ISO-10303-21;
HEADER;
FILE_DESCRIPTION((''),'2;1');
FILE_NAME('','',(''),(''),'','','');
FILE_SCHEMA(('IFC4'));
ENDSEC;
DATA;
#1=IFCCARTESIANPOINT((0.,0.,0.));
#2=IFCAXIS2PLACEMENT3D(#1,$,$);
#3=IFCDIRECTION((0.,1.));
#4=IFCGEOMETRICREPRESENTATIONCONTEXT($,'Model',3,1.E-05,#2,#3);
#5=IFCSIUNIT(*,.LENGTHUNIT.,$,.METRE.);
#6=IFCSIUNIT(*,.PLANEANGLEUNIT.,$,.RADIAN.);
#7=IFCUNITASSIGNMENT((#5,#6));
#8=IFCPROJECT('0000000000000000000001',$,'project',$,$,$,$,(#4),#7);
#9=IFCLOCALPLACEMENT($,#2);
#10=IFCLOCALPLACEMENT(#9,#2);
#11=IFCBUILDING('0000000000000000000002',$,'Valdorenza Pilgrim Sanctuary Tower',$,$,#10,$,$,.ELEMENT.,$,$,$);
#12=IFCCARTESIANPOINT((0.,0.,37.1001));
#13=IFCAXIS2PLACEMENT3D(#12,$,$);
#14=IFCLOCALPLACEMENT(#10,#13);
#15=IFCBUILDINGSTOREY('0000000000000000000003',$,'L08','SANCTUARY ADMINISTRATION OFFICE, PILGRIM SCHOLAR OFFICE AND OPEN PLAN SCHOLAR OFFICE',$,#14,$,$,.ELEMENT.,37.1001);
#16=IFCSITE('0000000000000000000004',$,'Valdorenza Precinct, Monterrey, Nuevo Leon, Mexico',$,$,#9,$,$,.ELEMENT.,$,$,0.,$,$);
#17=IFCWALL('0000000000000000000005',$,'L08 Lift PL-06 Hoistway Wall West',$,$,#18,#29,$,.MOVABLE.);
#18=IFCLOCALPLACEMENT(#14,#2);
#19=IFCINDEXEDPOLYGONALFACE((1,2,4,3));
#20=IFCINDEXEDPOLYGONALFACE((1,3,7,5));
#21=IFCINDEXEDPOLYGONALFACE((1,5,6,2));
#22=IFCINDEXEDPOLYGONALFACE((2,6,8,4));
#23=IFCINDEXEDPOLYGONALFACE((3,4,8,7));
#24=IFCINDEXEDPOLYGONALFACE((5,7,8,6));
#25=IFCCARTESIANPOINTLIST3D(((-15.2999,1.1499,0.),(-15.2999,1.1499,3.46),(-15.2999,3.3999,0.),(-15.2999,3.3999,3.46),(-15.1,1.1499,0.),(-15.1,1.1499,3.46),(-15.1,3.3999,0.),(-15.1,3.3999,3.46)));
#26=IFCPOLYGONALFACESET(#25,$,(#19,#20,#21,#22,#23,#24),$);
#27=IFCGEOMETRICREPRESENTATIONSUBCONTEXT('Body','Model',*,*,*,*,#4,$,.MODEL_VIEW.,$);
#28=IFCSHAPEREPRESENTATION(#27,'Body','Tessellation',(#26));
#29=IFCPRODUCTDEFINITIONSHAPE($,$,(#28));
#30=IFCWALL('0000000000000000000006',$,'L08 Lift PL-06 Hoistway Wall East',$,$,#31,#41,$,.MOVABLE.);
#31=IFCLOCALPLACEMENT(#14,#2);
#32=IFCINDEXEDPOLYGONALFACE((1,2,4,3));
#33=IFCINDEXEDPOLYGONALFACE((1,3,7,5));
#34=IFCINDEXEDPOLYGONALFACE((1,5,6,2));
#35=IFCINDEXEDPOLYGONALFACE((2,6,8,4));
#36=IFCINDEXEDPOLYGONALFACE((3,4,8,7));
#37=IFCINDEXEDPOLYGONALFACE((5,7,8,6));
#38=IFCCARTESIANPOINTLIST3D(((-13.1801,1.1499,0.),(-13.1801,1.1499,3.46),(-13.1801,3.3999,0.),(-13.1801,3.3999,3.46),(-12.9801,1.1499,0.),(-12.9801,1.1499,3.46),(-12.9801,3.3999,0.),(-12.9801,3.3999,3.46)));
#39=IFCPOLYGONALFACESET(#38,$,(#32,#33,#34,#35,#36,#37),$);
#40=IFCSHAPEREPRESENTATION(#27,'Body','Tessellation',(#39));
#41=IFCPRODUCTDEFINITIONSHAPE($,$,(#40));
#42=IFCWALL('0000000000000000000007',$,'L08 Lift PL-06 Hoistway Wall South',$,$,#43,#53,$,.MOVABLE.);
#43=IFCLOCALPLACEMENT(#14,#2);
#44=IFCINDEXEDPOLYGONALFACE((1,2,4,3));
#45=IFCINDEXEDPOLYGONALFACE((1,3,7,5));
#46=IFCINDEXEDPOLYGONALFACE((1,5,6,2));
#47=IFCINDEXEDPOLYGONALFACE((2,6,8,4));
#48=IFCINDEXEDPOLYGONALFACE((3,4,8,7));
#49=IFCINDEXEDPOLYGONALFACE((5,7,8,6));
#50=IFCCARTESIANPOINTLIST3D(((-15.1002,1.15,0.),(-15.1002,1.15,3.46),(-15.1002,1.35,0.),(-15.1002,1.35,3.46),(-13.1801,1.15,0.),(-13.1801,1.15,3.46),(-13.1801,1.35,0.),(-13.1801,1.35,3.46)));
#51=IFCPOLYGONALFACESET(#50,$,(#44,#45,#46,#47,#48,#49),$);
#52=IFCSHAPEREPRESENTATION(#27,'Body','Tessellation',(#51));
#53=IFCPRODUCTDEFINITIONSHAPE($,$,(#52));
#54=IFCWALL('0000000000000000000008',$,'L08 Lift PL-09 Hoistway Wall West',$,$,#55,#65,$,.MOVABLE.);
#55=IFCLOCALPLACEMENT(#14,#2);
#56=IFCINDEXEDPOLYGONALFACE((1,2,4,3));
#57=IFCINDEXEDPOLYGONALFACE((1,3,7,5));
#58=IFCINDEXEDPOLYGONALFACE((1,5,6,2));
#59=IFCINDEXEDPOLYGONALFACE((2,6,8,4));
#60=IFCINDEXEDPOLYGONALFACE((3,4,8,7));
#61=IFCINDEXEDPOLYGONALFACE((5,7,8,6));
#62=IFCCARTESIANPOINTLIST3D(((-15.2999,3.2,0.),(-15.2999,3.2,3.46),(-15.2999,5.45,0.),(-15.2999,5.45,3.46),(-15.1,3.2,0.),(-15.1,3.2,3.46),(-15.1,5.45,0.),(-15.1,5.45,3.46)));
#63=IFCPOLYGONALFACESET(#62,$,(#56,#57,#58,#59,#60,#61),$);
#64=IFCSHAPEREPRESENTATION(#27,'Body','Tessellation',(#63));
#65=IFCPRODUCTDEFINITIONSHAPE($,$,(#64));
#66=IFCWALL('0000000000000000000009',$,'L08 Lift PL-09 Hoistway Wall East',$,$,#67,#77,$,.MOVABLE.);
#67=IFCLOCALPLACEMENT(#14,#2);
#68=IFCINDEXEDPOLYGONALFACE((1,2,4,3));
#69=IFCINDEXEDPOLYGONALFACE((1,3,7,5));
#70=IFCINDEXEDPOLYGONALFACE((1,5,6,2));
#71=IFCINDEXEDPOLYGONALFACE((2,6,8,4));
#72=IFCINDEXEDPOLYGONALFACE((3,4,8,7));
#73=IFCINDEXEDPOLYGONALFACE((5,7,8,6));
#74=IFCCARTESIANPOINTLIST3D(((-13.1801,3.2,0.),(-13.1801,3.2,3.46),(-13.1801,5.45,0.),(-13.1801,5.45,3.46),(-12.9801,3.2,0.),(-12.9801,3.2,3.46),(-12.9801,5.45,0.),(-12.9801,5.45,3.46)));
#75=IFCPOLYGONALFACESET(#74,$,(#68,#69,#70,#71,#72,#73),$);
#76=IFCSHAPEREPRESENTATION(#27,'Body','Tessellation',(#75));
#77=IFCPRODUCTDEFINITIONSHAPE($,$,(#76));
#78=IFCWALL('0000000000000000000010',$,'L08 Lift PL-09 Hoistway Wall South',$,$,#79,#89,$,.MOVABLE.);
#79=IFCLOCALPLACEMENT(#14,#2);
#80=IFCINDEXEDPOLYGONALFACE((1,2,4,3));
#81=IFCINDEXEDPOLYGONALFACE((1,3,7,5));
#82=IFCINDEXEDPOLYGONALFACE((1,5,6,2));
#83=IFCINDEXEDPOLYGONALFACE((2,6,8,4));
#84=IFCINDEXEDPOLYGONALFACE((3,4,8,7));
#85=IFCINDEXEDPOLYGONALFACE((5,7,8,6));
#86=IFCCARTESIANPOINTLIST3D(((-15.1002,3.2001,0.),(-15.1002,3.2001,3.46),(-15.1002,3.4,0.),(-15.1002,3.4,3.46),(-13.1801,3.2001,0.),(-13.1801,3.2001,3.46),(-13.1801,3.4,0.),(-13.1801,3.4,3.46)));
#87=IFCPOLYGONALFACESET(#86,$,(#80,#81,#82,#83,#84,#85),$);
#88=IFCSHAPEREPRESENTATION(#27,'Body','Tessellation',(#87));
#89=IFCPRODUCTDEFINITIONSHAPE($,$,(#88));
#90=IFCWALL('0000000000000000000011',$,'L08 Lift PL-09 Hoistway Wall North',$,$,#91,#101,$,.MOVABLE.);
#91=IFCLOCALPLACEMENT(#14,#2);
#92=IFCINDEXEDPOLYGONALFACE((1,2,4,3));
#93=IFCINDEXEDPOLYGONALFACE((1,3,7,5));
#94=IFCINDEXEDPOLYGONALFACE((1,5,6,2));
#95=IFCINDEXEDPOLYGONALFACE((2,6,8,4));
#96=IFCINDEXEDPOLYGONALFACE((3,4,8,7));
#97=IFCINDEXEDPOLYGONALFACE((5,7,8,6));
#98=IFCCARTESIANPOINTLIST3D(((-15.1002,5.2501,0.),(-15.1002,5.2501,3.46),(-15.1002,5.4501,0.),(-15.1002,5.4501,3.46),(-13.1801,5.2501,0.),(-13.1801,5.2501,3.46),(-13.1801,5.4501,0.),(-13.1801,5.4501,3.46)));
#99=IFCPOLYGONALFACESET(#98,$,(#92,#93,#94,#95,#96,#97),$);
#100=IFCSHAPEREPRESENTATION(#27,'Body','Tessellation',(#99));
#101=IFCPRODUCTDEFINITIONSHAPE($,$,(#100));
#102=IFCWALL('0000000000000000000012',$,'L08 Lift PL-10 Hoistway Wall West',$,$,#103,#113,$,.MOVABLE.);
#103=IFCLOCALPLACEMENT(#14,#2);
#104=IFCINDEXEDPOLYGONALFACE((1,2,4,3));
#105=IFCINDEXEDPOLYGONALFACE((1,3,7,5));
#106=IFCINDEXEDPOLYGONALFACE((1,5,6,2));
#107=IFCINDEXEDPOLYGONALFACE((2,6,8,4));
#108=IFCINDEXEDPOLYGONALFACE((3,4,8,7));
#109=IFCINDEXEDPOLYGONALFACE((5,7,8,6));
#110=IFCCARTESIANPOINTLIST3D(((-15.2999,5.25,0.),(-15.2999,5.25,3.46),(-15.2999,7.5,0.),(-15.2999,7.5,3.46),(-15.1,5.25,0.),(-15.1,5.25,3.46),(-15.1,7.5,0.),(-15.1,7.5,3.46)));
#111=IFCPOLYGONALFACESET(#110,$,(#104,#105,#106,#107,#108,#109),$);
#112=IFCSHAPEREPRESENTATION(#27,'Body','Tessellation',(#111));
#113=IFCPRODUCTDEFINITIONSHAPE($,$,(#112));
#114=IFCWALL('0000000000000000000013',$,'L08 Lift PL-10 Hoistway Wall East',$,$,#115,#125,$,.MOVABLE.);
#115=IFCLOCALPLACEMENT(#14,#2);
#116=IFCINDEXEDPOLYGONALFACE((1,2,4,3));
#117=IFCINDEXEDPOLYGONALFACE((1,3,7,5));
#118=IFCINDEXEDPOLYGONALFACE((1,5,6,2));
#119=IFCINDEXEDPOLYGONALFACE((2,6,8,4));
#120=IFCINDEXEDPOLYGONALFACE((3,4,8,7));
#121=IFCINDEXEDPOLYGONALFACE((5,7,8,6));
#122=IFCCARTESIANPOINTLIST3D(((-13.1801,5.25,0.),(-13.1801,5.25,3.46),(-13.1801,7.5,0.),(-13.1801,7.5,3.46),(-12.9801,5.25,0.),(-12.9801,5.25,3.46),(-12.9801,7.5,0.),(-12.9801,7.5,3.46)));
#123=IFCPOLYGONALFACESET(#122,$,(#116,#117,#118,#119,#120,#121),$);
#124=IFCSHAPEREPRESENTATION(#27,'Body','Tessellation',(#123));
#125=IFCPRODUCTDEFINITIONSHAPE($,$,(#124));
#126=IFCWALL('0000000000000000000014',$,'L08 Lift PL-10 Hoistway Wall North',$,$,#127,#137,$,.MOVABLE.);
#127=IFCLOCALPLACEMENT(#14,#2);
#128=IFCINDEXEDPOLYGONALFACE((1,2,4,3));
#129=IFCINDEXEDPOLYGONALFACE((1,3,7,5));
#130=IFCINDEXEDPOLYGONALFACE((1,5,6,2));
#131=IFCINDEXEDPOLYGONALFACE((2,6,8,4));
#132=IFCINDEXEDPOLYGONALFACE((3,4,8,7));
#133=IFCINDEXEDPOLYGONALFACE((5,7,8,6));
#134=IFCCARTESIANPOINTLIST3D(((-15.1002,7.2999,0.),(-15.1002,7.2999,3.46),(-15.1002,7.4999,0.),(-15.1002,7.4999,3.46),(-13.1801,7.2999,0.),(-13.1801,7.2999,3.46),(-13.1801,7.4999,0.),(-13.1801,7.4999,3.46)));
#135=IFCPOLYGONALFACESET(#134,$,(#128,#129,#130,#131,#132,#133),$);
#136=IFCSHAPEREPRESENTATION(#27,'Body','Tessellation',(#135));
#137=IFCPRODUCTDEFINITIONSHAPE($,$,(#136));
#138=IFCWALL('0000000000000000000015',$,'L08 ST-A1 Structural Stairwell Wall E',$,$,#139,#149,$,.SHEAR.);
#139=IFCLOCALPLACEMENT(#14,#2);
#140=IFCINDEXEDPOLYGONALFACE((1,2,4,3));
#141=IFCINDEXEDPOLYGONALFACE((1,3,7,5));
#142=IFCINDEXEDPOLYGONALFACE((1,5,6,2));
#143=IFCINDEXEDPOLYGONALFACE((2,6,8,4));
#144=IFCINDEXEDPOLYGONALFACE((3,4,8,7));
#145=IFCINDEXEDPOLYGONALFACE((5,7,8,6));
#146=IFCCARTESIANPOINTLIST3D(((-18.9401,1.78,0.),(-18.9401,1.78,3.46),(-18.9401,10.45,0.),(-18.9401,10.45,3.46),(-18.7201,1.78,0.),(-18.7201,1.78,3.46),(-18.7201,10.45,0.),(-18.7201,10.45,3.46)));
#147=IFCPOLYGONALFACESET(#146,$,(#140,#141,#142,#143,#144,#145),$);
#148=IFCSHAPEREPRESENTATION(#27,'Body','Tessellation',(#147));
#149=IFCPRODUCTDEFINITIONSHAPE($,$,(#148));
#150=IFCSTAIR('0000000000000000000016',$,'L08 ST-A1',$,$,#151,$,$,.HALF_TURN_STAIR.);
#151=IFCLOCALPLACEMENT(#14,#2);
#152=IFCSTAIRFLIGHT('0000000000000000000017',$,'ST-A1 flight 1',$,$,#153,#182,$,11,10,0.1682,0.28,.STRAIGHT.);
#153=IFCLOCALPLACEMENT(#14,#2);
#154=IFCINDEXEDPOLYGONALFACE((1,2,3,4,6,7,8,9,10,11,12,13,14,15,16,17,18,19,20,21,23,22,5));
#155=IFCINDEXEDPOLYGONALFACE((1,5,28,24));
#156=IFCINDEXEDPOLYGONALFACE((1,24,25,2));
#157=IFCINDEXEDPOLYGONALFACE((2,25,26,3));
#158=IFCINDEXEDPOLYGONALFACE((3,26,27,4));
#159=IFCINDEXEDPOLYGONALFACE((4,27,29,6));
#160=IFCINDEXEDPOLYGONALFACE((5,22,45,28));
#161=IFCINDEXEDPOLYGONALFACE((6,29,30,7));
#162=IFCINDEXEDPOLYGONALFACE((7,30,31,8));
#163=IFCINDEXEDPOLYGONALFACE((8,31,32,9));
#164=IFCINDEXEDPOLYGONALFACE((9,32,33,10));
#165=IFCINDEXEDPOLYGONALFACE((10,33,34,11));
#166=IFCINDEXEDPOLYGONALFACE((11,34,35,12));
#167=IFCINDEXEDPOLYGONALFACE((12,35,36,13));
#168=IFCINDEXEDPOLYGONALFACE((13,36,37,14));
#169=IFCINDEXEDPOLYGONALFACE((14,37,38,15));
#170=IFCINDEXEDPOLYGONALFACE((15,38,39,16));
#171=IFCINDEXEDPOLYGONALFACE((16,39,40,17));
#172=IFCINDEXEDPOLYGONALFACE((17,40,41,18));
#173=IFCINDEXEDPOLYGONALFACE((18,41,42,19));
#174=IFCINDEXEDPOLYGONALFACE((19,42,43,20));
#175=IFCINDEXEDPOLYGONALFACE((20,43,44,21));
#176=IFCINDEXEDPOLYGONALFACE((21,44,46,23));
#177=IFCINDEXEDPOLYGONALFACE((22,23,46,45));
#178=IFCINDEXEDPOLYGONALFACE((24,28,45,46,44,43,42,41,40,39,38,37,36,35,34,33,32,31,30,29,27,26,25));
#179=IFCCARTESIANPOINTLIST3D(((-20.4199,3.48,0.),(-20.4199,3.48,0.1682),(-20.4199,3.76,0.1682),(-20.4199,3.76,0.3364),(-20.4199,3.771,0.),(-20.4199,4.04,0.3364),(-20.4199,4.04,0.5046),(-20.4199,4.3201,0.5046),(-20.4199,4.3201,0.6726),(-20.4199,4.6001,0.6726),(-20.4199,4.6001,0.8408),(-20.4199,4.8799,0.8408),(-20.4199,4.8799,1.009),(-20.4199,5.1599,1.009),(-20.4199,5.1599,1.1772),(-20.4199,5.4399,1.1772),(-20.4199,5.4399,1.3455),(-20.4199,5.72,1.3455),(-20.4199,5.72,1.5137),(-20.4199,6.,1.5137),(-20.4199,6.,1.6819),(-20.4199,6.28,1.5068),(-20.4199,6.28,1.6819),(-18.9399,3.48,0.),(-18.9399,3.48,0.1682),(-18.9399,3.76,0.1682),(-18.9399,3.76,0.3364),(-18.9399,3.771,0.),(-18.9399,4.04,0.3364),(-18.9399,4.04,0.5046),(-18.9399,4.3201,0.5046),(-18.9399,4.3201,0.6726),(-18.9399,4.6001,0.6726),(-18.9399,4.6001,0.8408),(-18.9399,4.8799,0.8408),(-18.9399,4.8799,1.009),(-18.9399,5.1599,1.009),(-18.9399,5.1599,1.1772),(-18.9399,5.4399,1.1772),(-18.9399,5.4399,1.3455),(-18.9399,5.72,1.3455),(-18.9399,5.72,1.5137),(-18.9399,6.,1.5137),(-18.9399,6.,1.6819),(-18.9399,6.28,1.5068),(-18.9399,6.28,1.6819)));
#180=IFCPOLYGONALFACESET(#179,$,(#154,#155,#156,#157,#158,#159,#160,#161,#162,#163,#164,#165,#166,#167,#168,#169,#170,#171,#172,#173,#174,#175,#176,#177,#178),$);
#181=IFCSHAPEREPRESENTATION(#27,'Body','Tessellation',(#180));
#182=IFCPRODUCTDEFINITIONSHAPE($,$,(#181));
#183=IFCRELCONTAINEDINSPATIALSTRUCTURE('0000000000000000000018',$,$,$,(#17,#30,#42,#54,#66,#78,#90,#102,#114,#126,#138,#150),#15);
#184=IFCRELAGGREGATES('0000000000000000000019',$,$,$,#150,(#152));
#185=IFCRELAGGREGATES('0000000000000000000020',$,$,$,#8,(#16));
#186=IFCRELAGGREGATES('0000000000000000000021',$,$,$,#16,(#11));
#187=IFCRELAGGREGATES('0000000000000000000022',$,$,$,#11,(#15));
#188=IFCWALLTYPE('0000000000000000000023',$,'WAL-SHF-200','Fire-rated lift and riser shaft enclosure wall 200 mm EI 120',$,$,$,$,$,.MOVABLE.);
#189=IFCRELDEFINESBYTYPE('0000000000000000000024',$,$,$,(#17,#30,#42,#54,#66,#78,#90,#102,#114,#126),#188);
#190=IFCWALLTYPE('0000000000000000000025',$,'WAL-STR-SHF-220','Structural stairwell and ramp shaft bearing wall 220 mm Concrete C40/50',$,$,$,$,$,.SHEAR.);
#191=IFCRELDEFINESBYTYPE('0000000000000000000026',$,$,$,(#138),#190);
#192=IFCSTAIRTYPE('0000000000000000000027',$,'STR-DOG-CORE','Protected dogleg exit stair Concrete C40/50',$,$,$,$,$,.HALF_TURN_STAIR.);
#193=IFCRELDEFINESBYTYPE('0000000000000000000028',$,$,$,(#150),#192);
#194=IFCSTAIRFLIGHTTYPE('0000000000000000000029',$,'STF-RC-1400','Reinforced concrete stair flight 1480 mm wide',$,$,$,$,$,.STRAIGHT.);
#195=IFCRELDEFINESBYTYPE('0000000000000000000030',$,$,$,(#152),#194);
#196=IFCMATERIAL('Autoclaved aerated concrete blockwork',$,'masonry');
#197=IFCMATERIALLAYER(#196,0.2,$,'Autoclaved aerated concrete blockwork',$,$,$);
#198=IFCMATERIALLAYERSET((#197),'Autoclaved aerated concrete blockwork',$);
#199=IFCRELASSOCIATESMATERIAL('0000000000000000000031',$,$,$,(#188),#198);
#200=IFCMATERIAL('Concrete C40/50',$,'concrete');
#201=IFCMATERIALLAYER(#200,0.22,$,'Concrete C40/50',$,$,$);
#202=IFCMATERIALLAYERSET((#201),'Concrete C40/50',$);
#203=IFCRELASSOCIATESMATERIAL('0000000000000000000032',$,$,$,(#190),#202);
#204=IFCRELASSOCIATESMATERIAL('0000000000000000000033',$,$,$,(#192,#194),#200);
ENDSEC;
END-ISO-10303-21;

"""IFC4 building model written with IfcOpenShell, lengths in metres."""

from ifc_helpers import new_model, si_unit, direction, frame, frame_2d, origin, place, context, subcontext, project, spatial, polyline, rectangle, outline, extrude, material, layer, layer_set, type_object, element, aggregate, save


model = new_model("IFC4")

# Units and contexts
model_context = context("Model", 3, precision=1e-05, world=origin(), true_north=direction((0.0, 1.0)))
body_context = subcontext(model_context, "Body", "Model", "MODEL_VIEW")
ifc_project = project(units=[si_unit("LENGTHUNIT", "METRE"), si_unit("PLANEANGLEUNIT", "RADIAN")], contexts=[model_context])

# Site, building, storey
site_placement = place(None, origin())
site = spatial("IfcSite", under=ifc_project, at=site_placement, Name="Valdorenza Precinct, Monterrey, Nuevo Leon, Mexico", CompositionType="ELEMENT", RefElevation=0.0)
building_placement = place(site_placement, origin())
building = spatial("IfcBuilding", under=site, at=building_placement, Name="Valdorenza Pilgrim Sanctuary Tower", CompositionType="ELEMENT")
storey_placement = place(building_placement, frame((0.0, 0.0, 37.1001)))
storey = spatial("IfcBuildingStorey", under=building, at=storey_placement, Name="L08", Description="SANCTUARY ADMINISTRATION OFFICE, PILGRIM SCHOLAR OFFICE AND OPEN PLAN SCHOLAR OFFICE", CompositionType="ELEMENT", Elevation=37.1001)

# Shared definitions
ifc_material_1 = material(Name="Autoclaved aerated concrete blockwork", Category="masonry")
ifc_layer_1 = layer(ifc_material_1, 0.2, Name="Autoclaved aerated concrete blockwork")
ifc_layer_set_1 = layer_set([ifc_layer_1], Name="Autoclaved aerated concrete blockwork")
wall_type_1 = type_object("IfcWallType", Name="WAL-SHF-200", Description="Fire-rated lift and riser shaft enclosure wall 200 mm EI 120", PredefinedType="MOVABLE", material=ifc_layer_set_1)

# Walls
for number, where, z_axis, x_axis, name in (
    (1, (-15.2, 1.1499, 0.0), (0.0, 0.0, 1.0), (0.0, 1.0, 0.0), "L08 Lift PL-06 Hoistway Wall West"),
    (2, (-13.0801, 1.1499, 0.0), (0.0, 0.0, 1.0), (0.0, 1.0, 0.0), "L08 Lift PL-06 Hoistway Wall East"),
):
    element("IfcWall", number, at=place(storey_placement, frame(where, z_axis=z_axis, x_axis=x_axis)), inside=storey, type_object=wall_type_1, Name=name, PredefinedType="MOVABLE", context=body_context, shape_type="SweptSolid", body=[
        extrude(rectangle(XDim=2.25, YDim=0.2, at=frame_2d((1.125, 0.0))), origin(), (0.0, 0.0, 1.0), 3.46),
    ])
wall_1_placement = place(storey_placement, frame((-15.1001, 1.25, 0.0), z_axis=(0.0, 0.0, 1.0), x_axis=(1.0, 0.0, 0.0)))
element("IfcWall", 3, at=wall_1_placement, inside=storey, type_object=wall_type_1, Name="L08 Lift PL-06 Hoistway Wall South", PredefinedType="MOVABLE", context=body_context, shape_type="SweptSolid", body=[
    extrude(rectangle(XDim=1.9202, YDim=0.2, at=frame_2d((0.96, 0.0))), origin(), (0.0, 0.0, 1.0), 3.46),
])
for number, where, z_axis, x_axis, name in (
    (4, (-15.2, 3.2, 0.0), (0.0, 0.0, 1.0), (0.0, 1.0, 0.0), "L08 Lift PL-09 Hoistway Wall West"),
    (5, (-13.0801, 3.2, 0.0), (0.0, 0.0, 1.0), (0.0, 1.0, 0.0), "L08 Lift PL-09 Hoistway Wall East"),
):
    element("IfcWall", number, at=place(storey_placement, frame(where, z_axis=z_axis, x_axis=x_axis)), inside=storey, type_object=wall_type_1, Name=name, PredefinedType="MOVABLE", context=body_context, shape_type="SweptSolid", body=[
        extrude(rectangle(XDim=2.25, YDim=0.2, at=frame_2d((1.125, 0.0))), origin(), (0.0, 0.0, 1.0), 3.46),
    ])
for number, where, z_axis, x_axis, name in (
    (6, (-15.1001, 3.3, 0.0), (0.0, 0.0, 1.0), (1.0, 0.0, 0.0), "L08 Lift PL-09 Hoistway Wall South"),
    (7, (-15.1001, 5.3501, 0.0), (0.0, 0.0, 1.0), (1.0, 0.0, 0.0), "L08 Lift PL-09 Hoistway Wall North"),
):
    element("IfcWall", number, at=place(storey_placement, frame(where, z_axis=z_axis, x_axis=x_axis)), inside=storey, type_object=wall_type_1, Name=name, PredefinedType="MOVABLE", context=body_context, shape_type="SweptSolid", body=[
        extrude(rectangle(XDim=1.9202, YDim=0.2, at=frame_2d((0.96, 0.0))), origin(), (0.0, 0.0, 1.0), 3.46),
    ])
for number, where, z_axis, x_axis, name in (
    (8, (-15.2, 5.25, 0.0), (0.0, 0.0, 1.0), (0.0, 1.0, 0.0), "L08 Lift PL-10 Hoistway Wall West"),
    (9, (-13.0801, 5.25, 0.0), (0.0, 0.0, 1.0), (0.0, 1.0, 0.0), "L08 Lift PL-10 Hoistway Wall East"),
):
    element("IfcWall", number, at=place(storey_placement, frame(where, z_axis=z_axis, x_axis=x_axis)), inside=storey, type_object=wall_type_1, Name=name, PredefinedType="MOVABLE", context=body_context, shape_type="SweptSolid", body=[
        extrude(rectangle(XDim=2.25, YDim=0.2, at=frame_2d((1.125, 0.0))), origin(), (0.0, 0.0, 1.0), 3.46),
    ])
wall_2_placement = place(storey_placement, frame((-15.1001, 7.3999, 0.0), z_axis=(0.0, 0.0, 1.0), x_axis=(1.0, 0.0, 0.0)))
element("IfcWall", 10, at=wall_2_placement, inside=storey, type_object=wall_type_1, Name="L08 Lift PL-10 Hoistway Wall North", PredefinedType="MOVABLE", context=body_context, shape_type="SweptSolid", body=[
    extrude(rectangle(XDim=1.9202, YDim=0.2, at=frame_2d((0.96, 0.0))), origin(), (0.0, 0.0, 1.0), 3.46),
])
ifc_material_2 = material(Name="Concrete C40/50", Category="concrete")
ifc_layer_2 = layer(ifc_material_2, 0.22, Name="Concrete C40/50")
ifc_layer_set_2 = layer_set([ifc_layer_2], Name="Concrete C40/50")
wall_type_2 = type_object("IfcWallType", Name="WAL-STR-SHF-220", Description="Structural stairwell and ramp shaft bearing wall 220 mm Concrete C40/50", PredefinedType="SHEAR", material=ifc_layer_set_2)
wall_3_placement = place(storey_placement, frame((-18.8301, 1.78, 0.0), z_axis=(0.0, 0.0, 1.0), x_axis=(0.0, 1.0, 0.0)))
element("IfcWall", 11, at=wall_3_placement, inside=storey, type_object=wall_type_2, Name="L08 ST-A1 Structural Stairwell Wall E", PredefinedType="SHEAR", context=body_context, shape_type="SweptSolid", body=[
    extrude(rectangle(XDim=8.6699, YDim=0.22, at=frame_2d((4.335, 0.0))), origin(), (0.0, 0.0, 1.0), 3.46),
])

# Stair, stair flight
stair_type = type_object("IfcStairType", Name="STR-DOG-CORE", Description="Protected dogleg exit stair Concrete C40/50", PredefinedType="HALF_TURN_STAIR", material=ifc_material_2)
stair_placement = place(storey_placement, origin())
stair = element("IfcStair", 12, at=stair_placement, inside=storey, type_object=stair_type, Name="L08 ST-A1", PredefinedType="HALF_TURN_STAIR")
stair_flight_type = type_object("IfcStairFlightType", Name="STF-RC-1400", Description="Reinforced concrete stair flight 1480 mm wide", PredefinedType="STRAIGHT", material=ifc_material_2)
stair_flight_1_placement = place(storey_placement, frame((-19.6799, 3.48, 0.0), z_axis=(0.0, 0.0, 1.0), x_axis=(0.0, 1.0, 0.0)))
stair_flight_1 = element("IfcStairFlight", 13, at=stair_flight_1_placement, type_object=stair_flight_type, Name="ST-A1 flight 1", NumberOfRisers=11, NumberOfTreads=10, PredefinedType="STRAIGHT", RiserHeight=0.1682, TreadLength=0.28, context=body_context, shape_type="SweptSolid", body=[
    extrude(outline(polyline([(0.0, 0.0), (0.0, 0.1682), (0.28, 0.1682), (0.28, 0.3364), (0.5601, 0.3364), (0.5601, 0.5046), (0.8401, 0.5046), (0.8401, 0.6726), (1.1201, 0.6726), (1.1201, 0.8408), (1.3999, 0.8408), (1.3999, 1.009), (1.6799, 1.009), (1.6799, 1.1772), (1.96, 1.1772), (1.96, 1.3455), (2.24, 1.3455), (2.24, 1.5137), (2.52, 1.5137), (2.52, 1.6819), (2.8, 1.6819), (2.8, 1.8501), (2.8, 1.5068), (0.291, 0.0), (0.0, 0.0)])), frame((0.0, 0.74, 0.0), z_axis=(0.0, -1.0, 0.0), x_axis=(1.0, 0.0, 0.0)), (0.0, 0.0, 1.0), 1.48),
])
aggregate(stair, [stair_flight_1])

save(model, "model.ifc")
